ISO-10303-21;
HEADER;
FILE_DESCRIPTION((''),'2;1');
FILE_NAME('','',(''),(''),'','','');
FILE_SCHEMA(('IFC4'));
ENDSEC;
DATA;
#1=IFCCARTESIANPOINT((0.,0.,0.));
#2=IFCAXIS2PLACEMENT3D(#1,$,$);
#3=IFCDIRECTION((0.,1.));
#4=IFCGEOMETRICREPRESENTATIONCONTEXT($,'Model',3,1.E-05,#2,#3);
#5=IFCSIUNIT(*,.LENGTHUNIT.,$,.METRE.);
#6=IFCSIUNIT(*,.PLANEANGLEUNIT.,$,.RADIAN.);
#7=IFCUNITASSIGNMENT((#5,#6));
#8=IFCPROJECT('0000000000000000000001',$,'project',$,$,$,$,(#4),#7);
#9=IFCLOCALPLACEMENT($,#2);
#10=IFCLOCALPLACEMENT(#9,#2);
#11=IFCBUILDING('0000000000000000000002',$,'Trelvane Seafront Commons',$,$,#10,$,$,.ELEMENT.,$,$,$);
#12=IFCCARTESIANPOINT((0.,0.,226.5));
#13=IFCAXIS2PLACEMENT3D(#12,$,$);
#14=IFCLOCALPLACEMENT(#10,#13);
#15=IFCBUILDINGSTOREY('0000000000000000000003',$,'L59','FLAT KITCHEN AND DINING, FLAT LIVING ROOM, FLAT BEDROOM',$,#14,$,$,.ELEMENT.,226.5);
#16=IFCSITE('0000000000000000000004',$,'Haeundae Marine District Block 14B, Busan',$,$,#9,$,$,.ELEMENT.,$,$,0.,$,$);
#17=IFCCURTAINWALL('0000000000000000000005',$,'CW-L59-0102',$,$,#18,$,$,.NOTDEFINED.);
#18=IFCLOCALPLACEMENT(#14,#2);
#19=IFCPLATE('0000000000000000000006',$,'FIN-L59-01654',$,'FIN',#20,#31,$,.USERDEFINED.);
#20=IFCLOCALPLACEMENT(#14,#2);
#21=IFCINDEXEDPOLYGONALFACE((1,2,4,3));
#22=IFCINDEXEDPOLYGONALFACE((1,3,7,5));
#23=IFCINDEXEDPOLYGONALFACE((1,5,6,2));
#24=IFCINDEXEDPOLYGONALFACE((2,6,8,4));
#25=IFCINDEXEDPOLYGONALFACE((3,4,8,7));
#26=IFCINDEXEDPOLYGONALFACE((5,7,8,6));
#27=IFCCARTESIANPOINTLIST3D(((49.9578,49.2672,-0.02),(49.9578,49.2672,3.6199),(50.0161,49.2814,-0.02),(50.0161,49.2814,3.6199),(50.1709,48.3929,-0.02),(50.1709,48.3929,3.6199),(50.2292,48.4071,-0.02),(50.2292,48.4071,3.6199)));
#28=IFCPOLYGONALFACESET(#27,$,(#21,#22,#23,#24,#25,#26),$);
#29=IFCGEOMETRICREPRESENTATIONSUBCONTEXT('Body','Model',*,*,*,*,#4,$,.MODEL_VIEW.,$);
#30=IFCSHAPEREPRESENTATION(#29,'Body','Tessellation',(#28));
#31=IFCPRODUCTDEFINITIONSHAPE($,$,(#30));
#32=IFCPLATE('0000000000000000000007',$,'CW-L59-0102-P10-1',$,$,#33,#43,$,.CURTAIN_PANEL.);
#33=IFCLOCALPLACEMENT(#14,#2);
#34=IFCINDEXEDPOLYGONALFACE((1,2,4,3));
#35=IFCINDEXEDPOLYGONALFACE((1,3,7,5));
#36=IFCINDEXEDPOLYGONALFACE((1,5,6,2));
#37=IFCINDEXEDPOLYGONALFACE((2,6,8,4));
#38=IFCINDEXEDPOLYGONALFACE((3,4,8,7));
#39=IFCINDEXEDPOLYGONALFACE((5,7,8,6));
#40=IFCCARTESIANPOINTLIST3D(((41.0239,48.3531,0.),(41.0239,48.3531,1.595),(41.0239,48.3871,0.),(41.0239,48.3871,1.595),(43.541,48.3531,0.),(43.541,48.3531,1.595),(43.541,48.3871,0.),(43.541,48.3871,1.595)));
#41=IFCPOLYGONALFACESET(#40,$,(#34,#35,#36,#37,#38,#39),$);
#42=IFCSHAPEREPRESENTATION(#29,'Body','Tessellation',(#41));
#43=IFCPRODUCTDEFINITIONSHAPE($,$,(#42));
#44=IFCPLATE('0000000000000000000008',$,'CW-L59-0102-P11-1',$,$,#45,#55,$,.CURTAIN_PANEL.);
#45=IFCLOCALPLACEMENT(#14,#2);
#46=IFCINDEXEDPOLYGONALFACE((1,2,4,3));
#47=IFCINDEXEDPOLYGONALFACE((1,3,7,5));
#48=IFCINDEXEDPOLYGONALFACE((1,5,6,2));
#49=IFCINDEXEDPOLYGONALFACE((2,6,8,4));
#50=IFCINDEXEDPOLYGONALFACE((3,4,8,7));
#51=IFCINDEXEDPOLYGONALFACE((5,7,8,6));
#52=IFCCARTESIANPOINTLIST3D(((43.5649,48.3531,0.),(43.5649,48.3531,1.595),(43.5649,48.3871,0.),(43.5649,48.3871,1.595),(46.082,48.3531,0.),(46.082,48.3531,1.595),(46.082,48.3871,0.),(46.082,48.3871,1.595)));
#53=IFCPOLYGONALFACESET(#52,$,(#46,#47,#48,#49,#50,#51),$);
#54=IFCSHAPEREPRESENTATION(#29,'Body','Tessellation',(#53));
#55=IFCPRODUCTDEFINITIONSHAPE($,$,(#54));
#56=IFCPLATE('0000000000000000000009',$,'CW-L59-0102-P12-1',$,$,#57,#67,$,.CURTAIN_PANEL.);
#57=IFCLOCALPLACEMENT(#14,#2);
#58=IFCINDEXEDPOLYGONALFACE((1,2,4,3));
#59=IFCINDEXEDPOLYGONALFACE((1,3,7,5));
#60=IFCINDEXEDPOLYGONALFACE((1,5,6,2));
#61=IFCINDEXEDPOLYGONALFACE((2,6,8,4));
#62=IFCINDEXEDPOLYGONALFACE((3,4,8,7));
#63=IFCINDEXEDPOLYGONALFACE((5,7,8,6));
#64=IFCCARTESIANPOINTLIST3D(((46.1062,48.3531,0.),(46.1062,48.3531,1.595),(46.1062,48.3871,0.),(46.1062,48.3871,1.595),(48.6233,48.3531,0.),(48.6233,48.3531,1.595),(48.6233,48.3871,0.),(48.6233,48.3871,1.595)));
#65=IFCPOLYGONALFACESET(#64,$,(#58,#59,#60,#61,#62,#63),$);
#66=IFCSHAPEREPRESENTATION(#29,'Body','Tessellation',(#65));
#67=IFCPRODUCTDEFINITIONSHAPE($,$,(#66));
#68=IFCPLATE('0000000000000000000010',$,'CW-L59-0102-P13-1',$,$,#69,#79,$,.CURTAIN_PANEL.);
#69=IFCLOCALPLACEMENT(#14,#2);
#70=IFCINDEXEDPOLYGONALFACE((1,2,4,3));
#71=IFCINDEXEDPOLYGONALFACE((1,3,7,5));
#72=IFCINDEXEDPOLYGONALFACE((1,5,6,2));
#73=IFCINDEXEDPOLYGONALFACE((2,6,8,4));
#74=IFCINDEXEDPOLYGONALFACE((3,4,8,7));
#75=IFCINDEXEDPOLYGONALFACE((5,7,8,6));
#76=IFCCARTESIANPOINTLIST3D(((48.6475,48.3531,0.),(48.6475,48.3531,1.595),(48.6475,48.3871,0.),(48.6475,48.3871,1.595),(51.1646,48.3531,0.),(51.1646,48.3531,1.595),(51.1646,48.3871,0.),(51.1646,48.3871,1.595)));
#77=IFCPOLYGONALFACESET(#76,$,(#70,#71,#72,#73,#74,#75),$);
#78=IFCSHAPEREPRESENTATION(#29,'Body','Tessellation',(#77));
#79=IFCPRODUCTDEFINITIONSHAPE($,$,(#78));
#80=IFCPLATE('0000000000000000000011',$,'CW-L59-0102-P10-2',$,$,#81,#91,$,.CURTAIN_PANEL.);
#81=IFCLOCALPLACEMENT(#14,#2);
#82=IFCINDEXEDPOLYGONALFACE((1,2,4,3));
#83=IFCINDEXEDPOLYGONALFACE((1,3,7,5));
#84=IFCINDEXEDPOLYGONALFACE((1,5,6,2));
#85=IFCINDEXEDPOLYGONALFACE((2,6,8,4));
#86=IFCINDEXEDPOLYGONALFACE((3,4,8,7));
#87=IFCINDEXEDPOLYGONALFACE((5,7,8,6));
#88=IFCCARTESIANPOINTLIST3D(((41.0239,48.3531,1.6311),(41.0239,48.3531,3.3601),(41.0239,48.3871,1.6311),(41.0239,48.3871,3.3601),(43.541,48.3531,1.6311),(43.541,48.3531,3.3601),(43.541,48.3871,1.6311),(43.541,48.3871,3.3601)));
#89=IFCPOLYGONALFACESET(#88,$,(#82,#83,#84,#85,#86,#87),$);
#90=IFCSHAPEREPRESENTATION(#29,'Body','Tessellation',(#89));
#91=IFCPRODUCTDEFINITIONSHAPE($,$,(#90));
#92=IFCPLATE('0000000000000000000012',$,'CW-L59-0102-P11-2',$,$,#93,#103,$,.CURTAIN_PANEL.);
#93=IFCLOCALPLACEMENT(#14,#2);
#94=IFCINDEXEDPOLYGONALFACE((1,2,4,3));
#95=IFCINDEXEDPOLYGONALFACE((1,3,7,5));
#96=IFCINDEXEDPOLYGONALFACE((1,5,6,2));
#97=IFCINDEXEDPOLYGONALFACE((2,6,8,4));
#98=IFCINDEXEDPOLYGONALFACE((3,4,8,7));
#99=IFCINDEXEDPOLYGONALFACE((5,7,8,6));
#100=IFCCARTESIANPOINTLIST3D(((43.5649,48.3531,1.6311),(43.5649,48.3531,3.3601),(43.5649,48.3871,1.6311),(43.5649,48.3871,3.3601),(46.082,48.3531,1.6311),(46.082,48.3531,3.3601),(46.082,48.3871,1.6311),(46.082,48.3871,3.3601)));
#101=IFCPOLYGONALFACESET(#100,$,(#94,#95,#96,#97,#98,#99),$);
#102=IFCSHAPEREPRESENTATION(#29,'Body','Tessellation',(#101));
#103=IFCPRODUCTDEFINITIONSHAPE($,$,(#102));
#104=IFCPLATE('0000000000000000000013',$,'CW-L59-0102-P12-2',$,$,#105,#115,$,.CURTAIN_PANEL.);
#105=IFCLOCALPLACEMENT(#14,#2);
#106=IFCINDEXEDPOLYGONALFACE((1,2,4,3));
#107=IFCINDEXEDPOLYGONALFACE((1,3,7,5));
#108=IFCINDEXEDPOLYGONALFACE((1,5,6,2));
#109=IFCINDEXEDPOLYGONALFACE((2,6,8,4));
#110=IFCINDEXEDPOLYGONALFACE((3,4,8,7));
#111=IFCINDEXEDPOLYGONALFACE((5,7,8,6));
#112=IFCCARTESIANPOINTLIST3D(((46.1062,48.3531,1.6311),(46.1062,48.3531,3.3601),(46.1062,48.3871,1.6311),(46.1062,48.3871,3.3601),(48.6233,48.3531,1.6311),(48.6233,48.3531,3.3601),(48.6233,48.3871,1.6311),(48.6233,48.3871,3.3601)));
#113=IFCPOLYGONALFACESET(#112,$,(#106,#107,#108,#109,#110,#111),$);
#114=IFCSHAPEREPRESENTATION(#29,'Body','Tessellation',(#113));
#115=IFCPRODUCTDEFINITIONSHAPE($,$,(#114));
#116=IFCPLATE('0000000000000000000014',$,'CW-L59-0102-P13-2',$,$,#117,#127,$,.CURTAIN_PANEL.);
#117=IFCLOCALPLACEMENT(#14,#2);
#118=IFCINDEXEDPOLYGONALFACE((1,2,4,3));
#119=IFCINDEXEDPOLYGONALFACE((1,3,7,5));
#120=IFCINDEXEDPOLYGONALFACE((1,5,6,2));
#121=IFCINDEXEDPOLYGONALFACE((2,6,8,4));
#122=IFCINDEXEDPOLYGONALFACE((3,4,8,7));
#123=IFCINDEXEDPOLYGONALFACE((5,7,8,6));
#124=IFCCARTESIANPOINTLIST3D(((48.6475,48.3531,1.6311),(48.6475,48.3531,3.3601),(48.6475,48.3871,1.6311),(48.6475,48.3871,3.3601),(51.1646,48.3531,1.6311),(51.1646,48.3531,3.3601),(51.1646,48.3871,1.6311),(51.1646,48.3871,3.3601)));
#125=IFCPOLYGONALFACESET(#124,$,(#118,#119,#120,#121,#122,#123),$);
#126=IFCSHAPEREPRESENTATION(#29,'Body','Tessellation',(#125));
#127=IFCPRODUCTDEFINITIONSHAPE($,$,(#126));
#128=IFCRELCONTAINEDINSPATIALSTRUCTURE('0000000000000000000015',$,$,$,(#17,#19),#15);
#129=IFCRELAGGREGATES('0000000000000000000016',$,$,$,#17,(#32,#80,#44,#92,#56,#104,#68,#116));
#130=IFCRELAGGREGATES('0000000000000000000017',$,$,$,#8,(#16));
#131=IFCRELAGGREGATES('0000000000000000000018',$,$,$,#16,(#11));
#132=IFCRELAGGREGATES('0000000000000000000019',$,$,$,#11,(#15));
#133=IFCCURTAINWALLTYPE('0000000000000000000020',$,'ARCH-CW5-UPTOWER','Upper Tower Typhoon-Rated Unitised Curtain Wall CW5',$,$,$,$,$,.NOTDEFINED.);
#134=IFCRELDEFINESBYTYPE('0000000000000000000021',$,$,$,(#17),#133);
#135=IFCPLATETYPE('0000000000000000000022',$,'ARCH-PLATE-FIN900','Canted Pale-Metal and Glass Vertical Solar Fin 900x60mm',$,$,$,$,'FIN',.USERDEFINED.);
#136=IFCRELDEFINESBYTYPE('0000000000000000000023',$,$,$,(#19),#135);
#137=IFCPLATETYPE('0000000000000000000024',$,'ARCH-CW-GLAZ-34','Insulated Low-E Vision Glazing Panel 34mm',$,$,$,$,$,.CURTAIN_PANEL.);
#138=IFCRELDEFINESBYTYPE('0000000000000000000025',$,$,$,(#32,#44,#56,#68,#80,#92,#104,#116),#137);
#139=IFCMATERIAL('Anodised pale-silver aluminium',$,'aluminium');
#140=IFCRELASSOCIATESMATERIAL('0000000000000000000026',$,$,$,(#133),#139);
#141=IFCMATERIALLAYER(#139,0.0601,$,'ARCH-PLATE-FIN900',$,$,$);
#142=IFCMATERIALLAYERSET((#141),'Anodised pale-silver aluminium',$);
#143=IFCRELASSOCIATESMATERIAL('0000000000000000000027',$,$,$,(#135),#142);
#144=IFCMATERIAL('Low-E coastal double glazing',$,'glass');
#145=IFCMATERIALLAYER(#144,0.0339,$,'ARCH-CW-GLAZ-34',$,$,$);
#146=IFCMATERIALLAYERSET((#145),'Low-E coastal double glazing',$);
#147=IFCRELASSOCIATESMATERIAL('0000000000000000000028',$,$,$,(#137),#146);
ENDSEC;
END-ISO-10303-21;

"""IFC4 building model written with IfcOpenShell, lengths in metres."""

from ifc_helpers import new_model, si_unit, direction, frame, origin, origin_2d, place, context, subcontext, project, spatial, rectangle, extrude, source, transform, mapped, material, layer, layer_set, type_object, element, aggregate, save


model = new_model("IFC4")

# Units and contexts
model_context = context("Model", 3, precision=1e-05, world=origin(), true_north=direction((0.0, 1.0)))
body_context = subcontext(model_context, "Body", "Model", "MODEL_VIEW")
ifc_project = project(units=[si_unit("LENGTHUNIT", "METRE"), si_unit("PLANEANGLEUNIT", "RADIAN")], contexts=[model_context])

# Site, building, storey
site_placement = place(None, origin())
site = spatial("IfcSite", under=ifc_project, at=site_placement, Name="Haeundae Marine District Block 14B, Busan", CompositionType="ELEMENT", RefElevation=0.0)
building_placement = place(site_placement, origin())
building = spatial("IfcBuilding", under=site, at=building_placement, Name="Trelvane Seafront Commons", CompositionType="ELEMENT")
storey_placement = place(building_placement, frame((0.0, 0.0, 226.5)))
storey = spatial("IfcBuildingStorey", under=building, at=storey_placement, Name="L59", Description="FLAT KITCHEN AND DINING, FLAT LIVING ROOM, FLAT BEDROOM", CompositionType="ELEMENT", Elevation=226.5)

# Curtain wall
ifc_material_1 = material(Name="Anodised pale-silver aluminium", Category="aluminium")
curtain_wall_type = type_object("IfcCurtainWallType", Name="ARCH-CW5-UPTOWER", Description="Upper Tower Typhoon-Rated Unitised Curtain Wall CW5", PredefinedType="NOTDEFINED", material=ifc_material_1)
curtain_wall_placement = place(storey_placement, origin())
curtain_wall = element("IfcCurtainWall", 1, at=curtain_wall_placement, inside=storey, type_object=curtain_wall_type, Name="CW-L59-0102", PredefinedType="NOTDEFINED")

# Plate
ifc_layer_1 = layer(ifc_material_1, 0.0601, Name="ARCH-PLATE-FIN900")
ifc_layer_set_1 = layer_set([ifc_layer_1], Name="Anodised pale-silver aluminium")
plate_type_1 = type_object("IfcPlateType", Name="ARCH-PLATE-FIN900", Description="Canted Pale-Metal and Glass Vertical Solar Fin 900x60mm", ElementType="FIN", PredefinedType="USERDEFINED", material=ifc_layer_set_1)
shared_shape_1 = source(origin(), body_context, "Body", "SweptSolid", [
    extrude(rectangle(XDim=0.8999, YDim=0.0601, at=origin_2d()), origin(), (0.0, 0.0, 1.0), 3.6399),
])
for number, where, z_axis, x_axis, name in (
    (2, (50.0935, 48.8372, -0.02), (0.0, 0.0, 1.0), (-0.23678, 0.971563, 0.0), "FIN-L59-01654"),
):
    element("IfcPlate", number, at=place(storey_placement, frame(where, z_axis=z_axis, x_axis=x_axis)), inside=storey, type_object=plate_type_1, Name=name, ObjectType="FIN", PredefinedType="USERDEFINED", context=body_context, shape_type="MappedRepresentation", body=[
        mapped(shared_shape_1, transform((0.0, 0.0, 0.0), x_axis=(1.0, 0.0, 0.0), y_axis=(0.0, 1.0, 0.0), z_axis=(0.0, 0.0, 1.0), scale=1.0)),
    ])

# Plates
ifc_material_2 = material(Name="Low-E coastal double glazing", Category="glass")
ifc_layer_2 = layer(ifc_material_2, 0.0339, Name="ARCH-CW-GLAZ-34")
ifc_layer_set_2 = layer_set([ifc_layer_2], Name="Low-E coastal double glazing")
plate_type_2 = type_object("IfcPlateType", Name="ARCH-CW-GLAZ-34", Description="Insulated Low-E Vision Glazing Panel 34mm", PredefinedType="CURTAIN_PANEL", material=ifc_layer_set_2)
shared_shape_2 = source(origin(), body_context, "Body", "SweptSolid", [
    extrude(rectangle(XDim=2.5171, YDim=0.0339, at=origin_2d()), origin(), (0.0, 0.0, 1.0), 1.595),
])
plate_1_placement = place(storey_placement, frame((42.2825, 48.3701, 0.0), z_axis=(0.0, 0.0, 1.0), x_axis=(1.0, 0.0, 0.0)))
plate_1 = element("IfcPlate", 3, at=plate_1_placement, type_object=plate_type_2, Name="CW-L59-0102-P10-1", PredefinedType="CURTAIN_PANEL", context=body_context, shape_type="MappedRepresentation", body=[
    mapped(shared_shape_2, transform((0.0, 0.0, 0.0), x_axis=(1.0, 0.0, 0.0), y_axis=(0.0, 1.0, 0.0), z_axis=(0.0, 0.0, 1.0), scale=1.0)),
])
plate_2_placement = place(storey_placement, frame((44.8235, 48.3701, 0.0), z_axis=(0.0, 0.0, 1.0), x_axis=(1.0, 0.0, 0.0)))
plate_2 = element("IfcPlate", 4, at=plate_2_placement, type_object=plate_type_2, Name="CW-L59-0102-P11-1", PredefinedType="CURTAIN_PANEL", context=body_context, shape_type="MappedRepresentation", body=[
    mapped(shared_shape_2, transform((0.0, 0.0, 0.0), x_axis=(1.0, 0.0, 0.0), y_axis=(0.0, 1.0, 0.0), z_axis=(0.0, 0.0, 1.0), scale=1.0)),
])
plate_3_placement = place(storey_placement, frame((47.3647, 48.3701, 0.0), z_axis=(0.0, 0.0, 1.0), x_axis=(1.0, 0.0, 0.0)))
plate_3 = element("IfcPlate", 5, at=plate_3_placement, type_object=plate_type_2, Name="CW-L59-0102-P12-1", PredefinedType="CURTAIN_PANEL", context=body_context, shape_type="MappedRepresentation", body=[
    mapped(shared_shape_2, transform((0.0, 0.0, 0.0), x_axis=(1.0, 0.0, 0.0), y_axis=(0.0, 1.0, 0.0), z_axis=(0.0, 0.0, 1.0), scale=1.0)),
])
plate_4_placement = place(storey_placement, frame((49.906, 48.3701, 0.0), z_axis=(0.0, 0.0, 1.0), x_axis=(1.0, 0.0, 0.0)))
plate_4 = element("IfcPlate", 6, at=plate_4_placement, type_object=plate_type_2, Name="CW-L59-0102-P13-1", PredefinedType="CURTAIN_PANEL", context=body_context, shape_type="MappedRepresentation", body=[
    mapped(shared_shape_2, transform((0.0, 0.0, 0.0), x_axis=(1.0, 0.0, 0.0), y_axis=(0.0, 1.0, 0.0), z_axis=(0.0, 0.0, 1.0), scale=1.0)),
])
shared_shape_3 = source(origin(), body_context, "Body", "SweptSolid", [
    extrude(rectangle(XDim=2.5171, YDim=0.0339, at=origin_2d()), origin(), (0.0, 0.0, 1.0), 1.729),
])
plate_5_placement = place(storey_placement, frame((42.2825, 48.3701, 1.6311), z_axis=(0.0, 0.0, 1.0), x_axis=(1.0, 0.0, 0.0)))
plate_5 = element("IfcPlate", 7, at=plate_5_placement, type_object=plate_type_2, Name="CW-L59-0102-P10-2", PredefinedType="CURTAIN_PANEL", context=body_context, shape_type="MappedRepresentation", body=[
    mapped(shared_shape_3, transform((0.0, 0.0, 0.0), x_axis=(1.0, 0.0, 0.0), y_axis=(0.0, 1.0, 0.0), z_axis=(0.0, 0.0, 1.0), scale=1.0)),
])
plate_6_placement = place(storey_placement, frame((44.8235, 48.3701, 1.6311), z_axis=(0.0, 0.0, 1.0), x_axis=(1.0, 0.0, 0.0)))
plate_6 = element("IfcPlate", 8, at=plate_6_placement, type_object=plate_type_2, Name="CW-L59-0102-P11-2", PredefinedType="CURTAIN_PANEL", context=body_context, shape_type="MappedRepresentation", body=[
    mapped(shared_shape_3, transform((0.0, 0.0, 0.0), x_axis=(1.0, 0.0, 0.0), y_axis=(0.0, 1.0, 0.0), z_axis=(0.0, 0.0, 1.0), scale=1.0)),
])
plate_7_placement = place(storey_placement, frame((47.3647, 48.3701, 1.6311), z_axis=(0.0, 0.0, 1.0), x_axis=(1.0, 0.0, 0.0)))
plate_7 = element("IfcPlate", 9, at=plate_7_placement, type_object=plate_type_2, Name="CW-L59-0102-P12-2", PredefinedType="CURTAIN_PANEL", context=body_context, shape_type="MappedRepresentation", body=[
    mapped(shared_shape_3, transform((0.0, 0.0, 0.0), x_axis=(1.0, 0.0, 0.0), y_axis=(0.0, 1.0, 0.0), z_axis=(0.0, 0.0, 1.0), scale=1.0)),
])
plate_8_placement = place(storey_placement, frame((49.906, 48.3701, 1.6311), z_axis=(0.0, 0.0, 1.0), x_axis=(1.0, 0.0, 0.0)))
plate_8 = element("IfcPlate", 10, at=plate_8_placement, type_object=plate_type_2, Name="CW-L59-0102-P13-2", PredefinedType="CURTAIN_PANEL", context=body_context, shape_type="MappedRepresentation", body=[
    mapped(shared_shape_3, transform((0.0, 0.0, 0.0), x_axis=(1.0, 0.0, 0.0), y_axis=(0.0, 1.0, 0.0), z_axis=(0.0, 0.0, 1.0), scale=1.0)),
])
aggregate(curtain_wall, [plate_1, plate_5, plate_2, plate_6, plate_3, plate_7, plate_4, plate_8])

save(model, "model.ifc")
